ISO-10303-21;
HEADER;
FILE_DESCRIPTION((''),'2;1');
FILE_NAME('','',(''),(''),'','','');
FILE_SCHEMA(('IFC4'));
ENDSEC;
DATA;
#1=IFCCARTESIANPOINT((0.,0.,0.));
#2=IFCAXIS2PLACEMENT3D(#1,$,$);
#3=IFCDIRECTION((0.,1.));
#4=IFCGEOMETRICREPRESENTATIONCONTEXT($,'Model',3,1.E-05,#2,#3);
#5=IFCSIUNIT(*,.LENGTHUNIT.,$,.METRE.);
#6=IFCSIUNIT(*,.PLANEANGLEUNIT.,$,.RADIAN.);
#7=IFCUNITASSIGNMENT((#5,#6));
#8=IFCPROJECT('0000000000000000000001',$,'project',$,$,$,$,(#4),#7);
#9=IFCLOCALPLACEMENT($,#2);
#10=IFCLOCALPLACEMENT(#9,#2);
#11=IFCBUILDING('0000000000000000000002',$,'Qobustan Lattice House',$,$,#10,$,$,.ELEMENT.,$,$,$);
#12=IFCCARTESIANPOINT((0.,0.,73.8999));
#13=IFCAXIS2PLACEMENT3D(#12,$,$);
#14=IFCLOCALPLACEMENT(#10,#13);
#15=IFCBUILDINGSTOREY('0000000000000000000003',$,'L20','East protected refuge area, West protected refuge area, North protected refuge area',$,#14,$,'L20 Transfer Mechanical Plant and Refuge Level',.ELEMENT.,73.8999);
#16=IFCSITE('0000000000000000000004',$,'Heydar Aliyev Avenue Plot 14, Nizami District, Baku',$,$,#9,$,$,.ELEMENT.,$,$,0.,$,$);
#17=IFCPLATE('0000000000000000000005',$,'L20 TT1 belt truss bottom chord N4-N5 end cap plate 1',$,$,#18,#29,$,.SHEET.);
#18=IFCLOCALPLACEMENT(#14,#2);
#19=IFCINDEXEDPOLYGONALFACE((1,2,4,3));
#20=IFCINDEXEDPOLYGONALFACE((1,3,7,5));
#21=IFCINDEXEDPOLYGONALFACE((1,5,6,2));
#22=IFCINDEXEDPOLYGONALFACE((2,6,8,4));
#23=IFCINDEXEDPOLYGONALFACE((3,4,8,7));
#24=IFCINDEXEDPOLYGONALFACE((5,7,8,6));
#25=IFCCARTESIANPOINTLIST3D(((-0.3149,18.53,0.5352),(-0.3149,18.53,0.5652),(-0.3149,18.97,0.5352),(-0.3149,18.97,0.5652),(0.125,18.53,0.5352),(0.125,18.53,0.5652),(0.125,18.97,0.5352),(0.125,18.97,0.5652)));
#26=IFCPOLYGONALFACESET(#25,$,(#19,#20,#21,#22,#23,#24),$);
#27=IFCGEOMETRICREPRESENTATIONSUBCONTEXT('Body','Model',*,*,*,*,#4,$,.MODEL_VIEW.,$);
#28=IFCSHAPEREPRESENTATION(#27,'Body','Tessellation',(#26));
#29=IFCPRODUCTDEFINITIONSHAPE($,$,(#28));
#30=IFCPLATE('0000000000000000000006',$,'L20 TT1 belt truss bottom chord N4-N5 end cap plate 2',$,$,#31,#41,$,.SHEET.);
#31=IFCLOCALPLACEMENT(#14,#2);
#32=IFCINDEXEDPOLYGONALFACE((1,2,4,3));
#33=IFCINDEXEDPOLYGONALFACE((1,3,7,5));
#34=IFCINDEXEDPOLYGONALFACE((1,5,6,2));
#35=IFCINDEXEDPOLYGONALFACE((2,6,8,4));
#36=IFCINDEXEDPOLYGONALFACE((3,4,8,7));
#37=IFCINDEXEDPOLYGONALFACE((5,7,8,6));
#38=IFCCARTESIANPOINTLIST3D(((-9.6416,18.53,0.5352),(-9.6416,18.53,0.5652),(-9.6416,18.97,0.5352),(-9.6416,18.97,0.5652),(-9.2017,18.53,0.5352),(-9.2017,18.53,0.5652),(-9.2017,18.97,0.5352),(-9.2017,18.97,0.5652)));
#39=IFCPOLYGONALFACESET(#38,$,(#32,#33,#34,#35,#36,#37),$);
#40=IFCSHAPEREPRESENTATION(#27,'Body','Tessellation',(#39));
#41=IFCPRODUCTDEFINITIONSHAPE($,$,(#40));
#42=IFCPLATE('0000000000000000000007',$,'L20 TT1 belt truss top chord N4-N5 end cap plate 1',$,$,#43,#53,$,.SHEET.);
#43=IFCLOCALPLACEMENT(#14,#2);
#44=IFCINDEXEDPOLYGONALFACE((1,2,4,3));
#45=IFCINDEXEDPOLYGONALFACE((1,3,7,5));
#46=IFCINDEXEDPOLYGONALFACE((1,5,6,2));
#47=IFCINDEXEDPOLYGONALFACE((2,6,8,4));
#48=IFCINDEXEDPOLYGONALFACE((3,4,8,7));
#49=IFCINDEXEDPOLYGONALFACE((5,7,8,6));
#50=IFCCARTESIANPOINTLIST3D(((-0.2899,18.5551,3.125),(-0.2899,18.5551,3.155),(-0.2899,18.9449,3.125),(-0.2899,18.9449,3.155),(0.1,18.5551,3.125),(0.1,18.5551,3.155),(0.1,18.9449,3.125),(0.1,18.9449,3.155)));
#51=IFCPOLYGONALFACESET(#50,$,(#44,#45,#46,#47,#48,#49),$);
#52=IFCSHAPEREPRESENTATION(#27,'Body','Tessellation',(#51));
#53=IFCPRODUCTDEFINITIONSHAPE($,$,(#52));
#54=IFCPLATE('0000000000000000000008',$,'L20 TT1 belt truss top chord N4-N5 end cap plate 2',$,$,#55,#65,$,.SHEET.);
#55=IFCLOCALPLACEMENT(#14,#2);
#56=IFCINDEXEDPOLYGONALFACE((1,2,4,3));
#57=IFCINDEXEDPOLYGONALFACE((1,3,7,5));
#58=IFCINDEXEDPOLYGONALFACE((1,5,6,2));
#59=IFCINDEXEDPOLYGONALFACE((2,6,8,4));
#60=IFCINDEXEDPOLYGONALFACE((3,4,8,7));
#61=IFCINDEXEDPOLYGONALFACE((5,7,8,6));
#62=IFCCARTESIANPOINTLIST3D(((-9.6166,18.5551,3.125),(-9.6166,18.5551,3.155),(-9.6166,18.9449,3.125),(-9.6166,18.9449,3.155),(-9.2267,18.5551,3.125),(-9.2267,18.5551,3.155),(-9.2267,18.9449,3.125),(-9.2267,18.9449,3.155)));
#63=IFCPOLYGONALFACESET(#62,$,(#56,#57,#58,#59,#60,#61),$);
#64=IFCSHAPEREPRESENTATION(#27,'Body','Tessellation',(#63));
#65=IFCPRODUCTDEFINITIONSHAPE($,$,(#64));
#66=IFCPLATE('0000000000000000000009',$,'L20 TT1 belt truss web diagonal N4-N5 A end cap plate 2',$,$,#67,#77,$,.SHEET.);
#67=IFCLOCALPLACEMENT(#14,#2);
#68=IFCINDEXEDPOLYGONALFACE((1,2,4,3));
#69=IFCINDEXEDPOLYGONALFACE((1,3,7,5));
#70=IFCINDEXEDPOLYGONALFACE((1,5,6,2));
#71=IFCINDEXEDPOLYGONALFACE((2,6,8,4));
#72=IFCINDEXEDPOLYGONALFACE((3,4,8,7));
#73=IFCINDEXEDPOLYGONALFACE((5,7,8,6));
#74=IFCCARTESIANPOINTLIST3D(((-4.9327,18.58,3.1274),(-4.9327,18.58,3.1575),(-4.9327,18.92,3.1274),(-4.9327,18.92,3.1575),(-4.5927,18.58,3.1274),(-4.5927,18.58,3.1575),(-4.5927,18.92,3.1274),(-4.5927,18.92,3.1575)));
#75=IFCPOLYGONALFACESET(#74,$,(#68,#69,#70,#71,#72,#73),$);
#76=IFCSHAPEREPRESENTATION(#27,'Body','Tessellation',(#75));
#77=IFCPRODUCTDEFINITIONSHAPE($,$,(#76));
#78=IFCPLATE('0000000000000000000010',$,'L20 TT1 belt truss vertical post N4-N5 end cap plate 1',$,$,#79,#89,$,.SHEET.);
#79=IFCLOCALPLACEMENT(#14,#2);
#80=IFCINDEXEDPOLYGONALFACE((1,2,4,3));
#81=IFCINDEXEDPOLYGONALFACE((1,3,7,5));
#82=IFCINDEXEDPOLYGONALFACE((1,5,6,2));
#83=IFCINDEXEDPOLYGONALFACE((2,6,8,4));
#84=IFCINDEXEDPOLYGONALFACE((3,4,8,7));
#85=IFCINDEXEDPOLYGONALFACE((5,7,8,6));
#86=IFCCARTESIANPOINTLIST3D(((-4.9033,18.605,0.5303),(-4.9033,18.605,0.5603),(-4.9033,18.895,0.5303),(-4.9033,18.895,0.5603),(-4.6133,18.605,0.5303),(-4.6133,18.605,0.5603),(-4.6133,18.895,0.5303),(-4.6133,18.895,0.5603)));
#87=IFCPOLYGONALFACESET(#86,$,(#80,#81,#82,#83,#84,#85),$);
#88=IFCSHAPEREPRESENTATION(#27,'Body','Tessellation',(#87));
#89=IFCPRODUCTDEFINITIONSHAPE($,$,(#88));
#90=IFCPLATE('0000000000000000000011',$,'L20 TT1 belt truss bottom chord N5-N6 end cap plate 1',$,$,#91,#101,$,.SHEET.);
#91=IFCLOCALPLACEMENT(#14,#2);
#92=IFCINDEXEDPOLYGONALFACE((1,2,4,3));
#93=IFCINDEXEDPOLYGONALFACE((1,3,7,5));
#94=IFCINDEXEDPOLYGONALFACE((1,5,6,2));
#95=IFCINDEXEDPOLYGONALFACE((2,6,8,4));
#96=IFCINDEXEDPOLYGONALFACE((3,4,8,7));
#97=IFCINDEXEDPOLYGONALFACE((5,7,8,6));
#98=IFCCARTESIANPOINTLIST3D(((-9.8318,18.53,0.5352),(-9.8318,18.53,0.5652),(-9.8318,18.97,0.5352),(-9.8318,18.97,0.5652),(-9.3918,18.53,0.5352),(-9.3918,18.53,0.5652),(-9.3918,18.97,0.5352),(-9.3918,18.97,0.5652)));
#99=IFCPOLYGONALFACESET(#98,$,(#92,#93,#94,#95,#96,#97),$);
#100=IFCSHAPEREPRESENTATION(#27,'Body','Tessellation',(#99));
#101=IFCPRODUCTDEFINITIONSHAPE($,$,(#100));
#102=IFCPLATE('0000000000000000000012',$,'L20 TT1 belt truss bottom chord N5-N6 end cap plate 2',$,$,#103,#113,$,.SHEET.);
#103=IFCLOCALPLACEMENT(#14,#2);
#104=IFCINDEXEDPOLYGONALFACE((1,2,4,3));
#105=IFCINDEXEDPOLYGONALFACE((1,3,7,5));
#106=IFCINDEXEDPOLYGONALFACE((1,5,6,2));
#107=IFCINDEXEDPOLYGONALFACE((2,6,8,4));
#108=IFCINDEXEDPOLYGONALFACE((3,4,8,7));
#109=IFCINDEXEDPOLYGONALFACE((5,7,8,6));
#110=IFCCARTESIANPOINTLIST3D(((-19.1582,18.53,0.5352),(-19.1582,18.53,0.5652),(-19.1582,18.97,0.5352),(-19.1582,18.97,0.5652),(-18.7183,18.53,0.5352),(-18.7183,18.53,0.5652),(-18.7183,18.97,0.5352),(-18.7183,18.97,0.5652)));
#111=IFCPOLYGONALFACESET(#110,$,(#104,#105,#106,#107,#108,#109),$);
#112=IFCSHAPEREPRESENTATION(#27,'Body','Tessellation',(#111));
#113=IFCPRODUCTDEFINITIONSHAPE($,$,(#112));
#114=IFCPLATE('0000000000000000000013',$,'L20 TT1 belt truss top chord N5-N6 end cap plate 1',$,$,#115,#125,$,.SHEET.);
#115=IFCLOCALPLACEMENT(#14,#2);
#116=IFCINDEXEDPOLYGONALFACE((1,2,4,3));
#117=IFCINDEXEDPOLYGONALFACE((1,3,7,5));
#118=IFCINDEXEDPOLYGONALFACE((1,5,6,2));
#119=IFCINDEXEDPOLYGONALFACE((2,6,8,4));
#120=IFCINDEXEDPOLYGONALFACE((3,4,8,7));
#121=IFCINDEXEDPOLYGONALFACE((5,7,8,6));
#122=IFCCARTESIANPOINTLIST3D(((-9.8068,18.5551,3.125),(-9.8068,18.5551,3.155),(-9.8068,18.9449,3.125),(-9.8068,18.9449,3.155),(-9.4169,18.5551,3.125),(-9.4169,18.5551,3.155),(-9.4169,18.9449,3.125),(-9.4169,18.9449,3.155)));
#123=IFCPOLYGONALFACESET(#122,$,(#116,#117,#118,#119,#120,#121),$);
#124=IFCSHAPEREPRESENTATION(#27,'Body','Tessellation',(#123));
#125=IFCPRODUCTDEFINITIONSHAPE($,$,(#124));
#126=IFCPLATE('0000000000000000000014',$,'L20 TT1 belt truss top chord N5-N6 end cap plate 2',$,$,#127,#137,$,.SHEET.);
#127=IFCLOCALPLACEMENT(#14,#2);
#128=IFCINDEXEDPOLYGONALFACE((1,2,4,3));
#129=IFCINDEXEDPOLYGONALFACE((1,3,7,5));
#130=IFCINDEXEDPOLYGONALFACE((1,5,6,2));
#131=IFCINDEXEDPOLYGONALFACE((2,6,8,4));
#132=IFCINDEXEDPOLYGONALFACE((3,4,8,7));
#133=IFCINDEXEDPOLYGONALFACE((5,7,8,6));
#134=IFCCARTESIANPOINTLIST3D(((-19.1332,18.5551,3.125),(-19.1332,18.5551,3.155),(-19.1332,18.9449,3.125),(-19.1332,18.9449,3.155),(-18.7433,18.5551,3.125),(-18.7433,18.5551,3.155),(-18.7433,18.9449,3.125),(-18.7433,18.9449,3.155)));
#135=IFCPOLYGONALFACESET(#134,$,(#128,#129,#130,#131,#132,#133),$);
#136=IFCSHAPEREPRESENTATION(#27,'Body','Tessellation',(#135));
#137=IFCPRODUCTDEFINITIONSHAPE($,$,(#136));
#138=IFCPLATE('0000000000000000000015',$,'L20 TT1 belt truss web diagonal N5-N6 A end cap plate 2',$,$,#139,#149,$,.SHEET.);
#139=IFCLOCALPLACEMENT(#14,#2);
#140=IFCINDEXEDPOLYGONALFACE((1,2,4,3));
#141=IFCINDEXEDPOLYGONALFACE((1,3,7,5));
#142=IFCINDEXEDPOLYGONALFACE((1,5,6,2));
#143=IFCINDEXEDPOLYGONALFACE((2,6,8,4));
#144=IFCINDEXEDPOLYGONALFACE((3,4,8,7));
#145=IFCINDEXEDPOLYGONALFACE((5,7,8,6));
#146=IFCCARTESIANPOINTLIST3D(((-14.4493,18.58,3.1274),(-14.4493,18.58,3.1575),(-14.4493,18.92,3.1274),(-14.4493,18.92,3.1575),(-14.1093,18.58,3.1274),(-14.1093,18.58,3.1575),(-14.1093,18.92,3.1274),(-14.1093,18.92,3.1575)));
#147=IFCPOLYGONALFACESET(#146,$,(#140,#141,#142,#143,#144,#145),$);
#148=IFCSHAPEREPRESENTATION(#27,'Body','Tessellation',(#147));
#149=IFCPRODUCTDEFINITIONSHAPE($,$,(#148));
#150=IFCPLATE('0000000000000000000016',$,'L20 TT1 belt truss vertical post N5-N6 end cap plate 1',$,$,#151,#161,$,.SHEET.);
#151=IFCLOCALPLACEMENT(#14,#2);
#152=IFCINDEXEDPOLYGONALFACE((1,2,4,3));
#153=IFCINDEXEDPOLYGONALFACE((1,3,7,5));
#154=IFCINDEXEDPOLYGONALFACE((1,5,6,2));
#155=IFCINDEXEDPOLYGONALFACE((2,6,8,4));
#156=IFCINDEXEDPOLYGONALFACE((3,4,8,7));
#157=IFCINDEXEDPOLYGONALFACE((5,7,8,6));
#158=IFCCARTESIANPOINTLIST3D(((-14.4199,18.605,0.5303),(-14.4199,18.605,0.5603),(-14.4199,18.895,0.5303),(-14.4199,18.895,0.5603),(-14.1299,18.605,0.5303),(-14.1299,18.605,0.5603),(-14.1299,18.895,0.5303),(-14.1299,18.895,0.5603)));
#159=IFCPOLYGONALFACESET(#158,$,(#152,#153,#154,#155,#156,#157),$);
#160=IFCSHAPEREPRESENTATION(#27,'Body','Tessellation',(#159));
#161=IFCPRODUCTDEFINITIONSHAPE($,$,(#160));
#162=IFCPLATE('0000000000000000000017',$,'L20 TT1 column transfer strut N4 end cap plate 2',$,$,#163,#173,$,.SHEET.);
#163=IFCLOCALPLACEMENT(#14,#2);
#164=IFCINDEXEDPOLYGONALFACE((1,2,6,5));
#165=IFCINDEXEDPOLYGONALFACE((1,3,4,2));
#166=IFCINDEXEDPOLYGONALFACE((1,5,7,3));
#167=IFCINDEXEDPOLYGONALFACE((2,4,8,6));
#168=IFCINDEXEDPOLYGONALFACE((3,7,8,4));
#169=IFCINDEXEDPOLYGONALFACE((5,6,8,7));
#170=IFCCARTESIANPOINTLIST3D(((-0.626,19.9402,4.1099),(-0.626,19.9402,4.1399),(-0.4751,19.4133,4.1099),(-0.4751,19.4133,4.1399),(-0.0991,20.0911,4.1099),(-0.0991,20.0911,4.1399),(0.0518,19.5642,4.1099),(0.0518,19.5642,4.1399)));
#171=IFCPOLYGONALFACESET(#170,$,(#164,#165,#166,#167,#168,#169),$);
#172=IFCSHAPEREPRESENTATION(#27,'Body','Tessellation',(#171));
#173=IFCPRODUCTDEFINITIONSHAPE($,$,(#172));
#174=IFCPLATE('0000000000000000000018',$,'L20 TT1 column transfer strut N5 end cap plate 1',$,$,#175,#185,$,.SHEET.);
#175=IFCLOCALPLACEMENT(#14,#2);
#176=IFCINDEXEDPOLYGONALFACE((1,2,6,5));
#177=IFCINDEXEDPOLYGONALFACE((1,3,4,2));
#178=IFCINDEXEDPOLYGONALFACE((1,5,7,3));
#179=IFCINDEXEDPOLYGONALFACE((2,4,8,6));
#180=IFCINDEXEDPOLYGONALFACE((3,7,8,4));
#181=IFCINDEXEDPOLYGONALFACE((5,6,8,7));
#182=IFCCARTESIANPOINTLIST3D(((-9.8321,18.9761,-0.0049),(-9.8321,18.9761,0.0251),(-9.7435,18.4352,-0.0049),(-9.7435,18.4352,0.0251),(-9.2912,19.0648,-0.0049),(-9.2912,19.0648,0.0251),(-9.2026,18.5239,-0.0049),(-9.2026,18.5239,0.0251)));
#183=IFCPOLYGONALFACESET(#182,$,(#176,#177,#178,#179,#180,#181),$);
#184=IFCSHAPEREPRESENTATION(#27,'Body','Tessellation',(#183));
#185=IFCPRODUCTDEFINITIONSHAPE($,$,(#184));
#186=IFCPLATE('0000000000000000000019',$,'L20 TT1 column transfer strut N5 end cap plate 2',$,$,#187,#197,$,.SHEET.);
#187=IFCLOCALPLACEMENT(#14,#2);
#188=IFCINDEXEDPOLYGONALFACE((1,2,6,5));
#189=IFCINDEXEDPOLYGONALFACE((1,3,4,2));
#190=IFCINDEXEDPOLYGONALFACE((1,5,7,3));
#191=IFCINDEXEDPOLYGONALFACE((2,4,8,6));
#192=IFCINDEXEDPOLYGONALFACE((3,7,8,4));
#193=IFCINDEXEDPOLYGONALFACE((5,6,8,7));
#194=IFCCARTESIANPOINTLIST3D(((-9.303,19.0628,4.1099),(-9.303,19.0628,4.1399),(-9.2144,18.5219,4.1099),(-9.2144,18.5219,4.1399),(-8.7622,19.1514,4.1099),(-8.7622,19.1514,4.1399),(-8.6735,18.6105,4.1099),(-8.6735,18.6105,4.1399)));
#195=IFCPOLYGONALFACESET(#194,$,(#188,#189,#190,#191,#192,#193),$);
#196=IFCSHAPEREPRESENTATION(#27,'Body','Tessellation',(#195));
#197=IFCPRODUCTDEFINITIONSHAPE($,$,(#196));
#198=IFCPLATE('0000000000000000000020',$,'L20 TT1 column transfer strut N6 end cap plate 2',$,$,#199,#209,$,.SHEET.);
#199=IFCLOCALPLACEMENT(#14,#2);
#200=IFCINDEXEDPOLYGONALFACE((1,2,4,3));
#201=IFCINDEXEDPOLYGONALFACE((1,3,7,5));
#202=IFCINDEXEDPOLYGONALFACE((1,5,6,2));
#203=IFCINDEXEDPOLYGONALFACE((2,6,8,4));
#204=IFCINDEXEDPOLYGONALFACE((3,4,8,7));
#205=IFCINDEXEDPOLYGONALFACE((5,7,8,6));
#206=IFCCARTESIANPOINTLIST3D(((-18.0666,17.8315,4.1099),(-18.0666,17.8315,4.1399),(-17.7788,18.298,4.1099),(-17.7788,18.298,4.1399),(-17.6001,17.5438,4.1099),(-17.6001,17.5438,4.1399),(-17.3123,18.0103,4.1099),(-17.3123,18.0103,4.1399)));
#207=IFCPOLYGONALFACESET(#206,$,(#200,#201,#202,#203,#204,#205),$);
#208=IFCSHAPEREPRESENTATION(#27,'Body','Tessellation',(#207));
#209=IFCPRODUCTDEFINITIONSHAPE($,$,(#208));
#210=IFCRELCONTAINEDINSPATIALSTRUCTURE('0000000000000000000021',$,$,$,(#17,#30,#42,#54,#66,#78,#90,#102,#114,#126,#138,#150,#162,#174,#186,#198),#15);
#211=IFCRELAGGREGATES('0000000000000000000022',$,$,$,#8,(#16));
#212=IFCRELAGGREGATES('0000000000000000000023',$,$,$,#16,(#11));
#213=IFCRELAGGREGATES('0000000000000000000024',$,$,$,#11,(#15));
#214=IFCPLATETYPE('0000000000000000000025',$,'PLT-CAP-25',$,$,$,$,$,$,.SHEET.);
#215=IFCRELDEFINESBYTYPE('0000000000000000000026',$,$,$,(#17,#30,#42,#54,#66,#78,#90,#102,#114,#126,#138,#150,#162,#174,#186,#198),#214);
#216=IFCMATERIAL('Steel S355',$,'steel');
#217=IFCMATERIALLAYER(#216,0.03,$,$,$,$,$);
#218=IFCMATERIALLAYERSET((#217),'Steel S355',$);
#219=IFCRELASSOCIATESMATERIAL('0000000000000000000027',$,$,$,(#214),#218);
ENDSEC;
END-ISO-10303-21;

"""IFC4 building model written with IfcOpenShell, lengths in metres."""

from ifc_helpers import new_model, si_unit, direction, frame, origin, origin_2d, place, context, subcontext, project, spatial, rectangle, extrude, material, layer, layer_set, type_object, element, save


model = new_model("IFC4")

# Units and contexts
model_context = context("Model", 3, precision=1e-05, world=origin(), true_north=direction((0.0, 1.0)))
body_context = subcontext(model_context, "Body", "Model", "MODEL_VIEW")
ifc_project = project(units=[si_unit("LENGTHUNIT", "METRE"), si_unit("PLANEANGLEUNIT", "RADIAN")], contexts=[model_context])

# Site, building, storey
site_placement = place(None, origin())
site = spatial("IfcSite", under=ifc_project, at=site_placement, Name="Heydar Aliyev Avenue Plot 14, Nizami District, Baku", CompositionType="ELEMENT", RefElevation=0.0)
building_placement = place(site_placement, origin())
building = spatial("IfcBuilding", under=site, at=building_placement, Name="Qobustan Lattice House", CompositionType="ELEMENT")
storey_placement = place(building_placement, frame((0.0, 0.0, 73.8999)))
storey = spatial("IfcBuildingStorey", under=building, at=storey_placement, Name="L20", Description="East protected refuge area, West protected refuge area, North protected refuge area", LongName="L20 Transfer Mechanical Plant and Refuge Level", CompositionType="ELEMENT", Elevation=73.8999)

# Plates
ifc_material_1 = material(Name="Steel S355", Category="steel")
ifc_layer_1 = layer(ifc_material_1, 0.03)
ifc_layer_set_1 = layer_set([ifc_layer_1], Name="Steel S355")
plate_type = type_object("IfcPlateType", Name="PLT-CAP-25", PredefinedType="SHEET", material=ifc_layer_set_1)
for number, where, z_axis, x_axis, name in (
    (1, (-0.095, 18.75, 0.5352), (0.0, 0.0, 1.0), (-1.0, 0.0, 0.0), "L20 TT1 belt truss bottom chord N4-N5 end cap plate 1"),
    (2, (-9.4216, 18.75, 0.5352), (0.0, 0.0, 1.0), (-1.0, 0.0, 0.0), "L20 TT1 belt truss bottom chord N4-N5 end cap plate 2"),
):
    element("IfcPlate", number, at=place(storey_placement, frame(where, z_axis=z_axis, x_axis=x_axis)), inside=storey, type_object=plate_type, Name=name, PredefinedType="SHEET", context=body_context, shape_type="SweptSolid", body=[
        extrude(rectangle(XDim=0.4399, YDim=0.4399, at=origin_2d()), origin(), (0.0, 0.0, 1.0), 0.03),
    ])
for number, where, z_axis, x_axis, name in (
    (3, (-0.095, 18.75, 3.125), (0.0, 0.0, 1.0), (-1.0, 0.0, 0.0), "L20 TT1 belt truss top chord N4-N5 end cap plate 1"),
    (4, (-9.4216, 18.75, 3.125), (0.0, 0.0, 1.0), (-1.0, 0.0, 0.0), "L20 TT1 belt truss top chord N4-N5 end cap plate 2"),
):
    element("IfcPlate", number, at=place(storey_placement, frame(where, z_axis=z_axis, x_axis=x_axis)), inside=storey, type_object=plate_type, Name=name, PredefinedType="SHEET", context=body_context, shape_type="SweptSolid", body=[
        extrude(rectangle(XDim=0.3899, YDim=0.3899, at=origin_2d()), origin(), (0.0, 0.0, 1.0), 0.03),
    ])
plate_1_placement = place(storey_placement, frame((-4.7627, 18.75, 3.1274), z_axis=(0.0, 0.0, 1.0), x_axis=(-1.0, 0.0, 0.0)))
element("IfcPlate", 5, at=plate_1_placement, inside=storey, type_object=plate_type, Name="L20 TT1 belt truss web diagonal N4-N5 A end cap plate 2", PredefinedType="SHEET", context=body_context, shape_type="SweptSolid", body=[
    extrude(rectangle(XDim=0.3401, YDim=0.3401, at=origin_2d()), origin(), (0.0, 0.0, 1.0), 0.03),
])
plate_2_placement = place(storey_placement, frame((-4.7583, 18.75, 0.5303), z_axis=(0.0, 0.0, 1.0), x_axis=(1.0, 0.0, 0.0)))
element("IfcPlate", 6, at=plate_2_placement, inside=storey, type_object=plate_type, Name="L20 TT1 belt truss vertical post N4-N5 end cap plate 1", PredefinedType="SHEET", context=body_context, shape_type="SweptSolid", body=[
    extrude(rectangle(XDim=0.29, YDim=0.29, at=origin_2d()), origin(), (0.0, 0.0, 1.0), 0.03),
])
for number, where, z_axis, x_axis, name in (
    (7, (-9.6118, 18.75, 0.5352), (0.0, 0.0, 1.0), (-1.0, 0.0, 0.0), "L20 TT1 belt truss bottom chord N5-N6 end cap plate 1"),
    (8, (-18.9382, 18.75, 0.5352), (0.0, 0.0, 1.0), (-1.0, 0.0, 0.0), "L20 TT1 belt truss bottom chord N5-N6 end cap plate 2"),
):
    element("IfcPlate", number, at=place(storey_placement, frame(where, z_axis=z_axis, x_axis=x_axis)), inside=storey, type_object=plate_type, Name=name, PredefinedType="SHEET", context=body_context, shape_type="SweptSolid", body=[
        extrude(rectangle(XDim=0.4399, YDim=0.4399, at=origin_2d()), origin(), (0.0, 0.0, 1.0), 0.03),
    ])
for number, where, z_axis, x_axis, name in (
    (9, (-9.6118, 18.75, 3.125), (0.0, 0.0, 1.0), (-1.0, 0.0, 0.0), "L20 TT1 belt truss top chord N5-N6 end cap plate 1"),
    (10, (-18.9382, 18.75, 3.125), (0.0, 0.0, 1.0), (-1.0, 0.0, 0.0), "L20 TT1 belt truss top chord N5-N6 end cap plate 2"),
):
    element("IfcPlate", number, at=place(storey_placement, frame(where, z_axis=z_axis, x_axis=x_axis)), inside=storey, type_object=plate_type, Name=name, PredefinedType="SHEET", context=body_context, shape_type="SweptSolid", body=[
        extrude(rectangle(XDim=0.3899, YDim=0.3899, at=origin_2d()), origin(), (0.0, 0.0, 1.0), 0.03),
    ])
plate_3_placement = place(storey_placement, frame((-14.2793, 18.75, 3.1274), z_axis=(0.0, 0.0, 1.0), x_axis=(-1.0, 0.0, 0.0)))
element("IfcPlate", 11, at=plate_3_placement, inside=storey, type_object=plate_type, Name="L20 TT1 belt truss web diagonal N5-N6 A end cap plate 2", PredefinedType="SHEET", context=body_context, shape_type="SweptSolid", body=[
    extrude(rectangle(XDim=0.3401, YDim=0.3401, at=origin_2d()), origin(), (0.0, 0.0, 1.0), 0.03),
])
plate_4_placement = place(storey_placement, frame((-14.2749, 18.75, 0.5303), z_axis=(0.0, 0.0, 1.0), x_axis=(1.0, 0.0, 0.0)))
element("IfcPlate", 12, at=plate_4_placement, inside=storey, type_object=plate_type, Name="L20 TT1 belt truss vertical post N5-N6 end cap plate 1", PredefinedType="SHEET", context=body_context, shape_type="SweptSolid", body=[
    extrude(rectangle(XDim=0.29, YDim=0.29, at=origin_2d()), origin(), (0.0, 0.0, 1.0), 0.03),
])
for number, where, z_axis, x_axis, name in (
    (13, (-0.2871, 19.7522, 4.1099), (0.0, 0.0, 1.0), (-0.275319, 0.961353, 0.0), "L20 TT1 column transfer strut N4 end cap plate 2"),
    (14, (-9.5173, 18.75, -0.0049), (0.0, 0.0, 1.0), (0.986839, 0.161707, 0.0), "L20 TT1 column transfer strut N5 end cap plate 1"),
    (15, (-8.9883, 18.8367, 4.1099), (0.0, 0.0, 1.0), (0.986839, 0.161707, 0.0), "L20 TT1 column transfer strut N5 end cap plate 2"),
    (16, (-17.6895, 17.9209, 4.1099), (0.0, 0.0, 1.0), (0.851086, -0.525026, 0.0), "L20 TT1 column transfer strut N6 end cap plate 2"),
):
    element("IfcPlate", number, at=place(storey_placement, frame(where, z_axis=z_axis, x_axis=x_axis)), inside=storey, type_object=plate_type, Name=name, PredefinedType="SHEET", context=body_context, shape_type="SweptSolid", body=[
        extrude(rectangle(XDim=0.5481, YDim=0.5481, at=origin_2d()), origin(), (0.0, 0.0, 1.0), 0.03),
    ])

save(model, "model.ifc")
